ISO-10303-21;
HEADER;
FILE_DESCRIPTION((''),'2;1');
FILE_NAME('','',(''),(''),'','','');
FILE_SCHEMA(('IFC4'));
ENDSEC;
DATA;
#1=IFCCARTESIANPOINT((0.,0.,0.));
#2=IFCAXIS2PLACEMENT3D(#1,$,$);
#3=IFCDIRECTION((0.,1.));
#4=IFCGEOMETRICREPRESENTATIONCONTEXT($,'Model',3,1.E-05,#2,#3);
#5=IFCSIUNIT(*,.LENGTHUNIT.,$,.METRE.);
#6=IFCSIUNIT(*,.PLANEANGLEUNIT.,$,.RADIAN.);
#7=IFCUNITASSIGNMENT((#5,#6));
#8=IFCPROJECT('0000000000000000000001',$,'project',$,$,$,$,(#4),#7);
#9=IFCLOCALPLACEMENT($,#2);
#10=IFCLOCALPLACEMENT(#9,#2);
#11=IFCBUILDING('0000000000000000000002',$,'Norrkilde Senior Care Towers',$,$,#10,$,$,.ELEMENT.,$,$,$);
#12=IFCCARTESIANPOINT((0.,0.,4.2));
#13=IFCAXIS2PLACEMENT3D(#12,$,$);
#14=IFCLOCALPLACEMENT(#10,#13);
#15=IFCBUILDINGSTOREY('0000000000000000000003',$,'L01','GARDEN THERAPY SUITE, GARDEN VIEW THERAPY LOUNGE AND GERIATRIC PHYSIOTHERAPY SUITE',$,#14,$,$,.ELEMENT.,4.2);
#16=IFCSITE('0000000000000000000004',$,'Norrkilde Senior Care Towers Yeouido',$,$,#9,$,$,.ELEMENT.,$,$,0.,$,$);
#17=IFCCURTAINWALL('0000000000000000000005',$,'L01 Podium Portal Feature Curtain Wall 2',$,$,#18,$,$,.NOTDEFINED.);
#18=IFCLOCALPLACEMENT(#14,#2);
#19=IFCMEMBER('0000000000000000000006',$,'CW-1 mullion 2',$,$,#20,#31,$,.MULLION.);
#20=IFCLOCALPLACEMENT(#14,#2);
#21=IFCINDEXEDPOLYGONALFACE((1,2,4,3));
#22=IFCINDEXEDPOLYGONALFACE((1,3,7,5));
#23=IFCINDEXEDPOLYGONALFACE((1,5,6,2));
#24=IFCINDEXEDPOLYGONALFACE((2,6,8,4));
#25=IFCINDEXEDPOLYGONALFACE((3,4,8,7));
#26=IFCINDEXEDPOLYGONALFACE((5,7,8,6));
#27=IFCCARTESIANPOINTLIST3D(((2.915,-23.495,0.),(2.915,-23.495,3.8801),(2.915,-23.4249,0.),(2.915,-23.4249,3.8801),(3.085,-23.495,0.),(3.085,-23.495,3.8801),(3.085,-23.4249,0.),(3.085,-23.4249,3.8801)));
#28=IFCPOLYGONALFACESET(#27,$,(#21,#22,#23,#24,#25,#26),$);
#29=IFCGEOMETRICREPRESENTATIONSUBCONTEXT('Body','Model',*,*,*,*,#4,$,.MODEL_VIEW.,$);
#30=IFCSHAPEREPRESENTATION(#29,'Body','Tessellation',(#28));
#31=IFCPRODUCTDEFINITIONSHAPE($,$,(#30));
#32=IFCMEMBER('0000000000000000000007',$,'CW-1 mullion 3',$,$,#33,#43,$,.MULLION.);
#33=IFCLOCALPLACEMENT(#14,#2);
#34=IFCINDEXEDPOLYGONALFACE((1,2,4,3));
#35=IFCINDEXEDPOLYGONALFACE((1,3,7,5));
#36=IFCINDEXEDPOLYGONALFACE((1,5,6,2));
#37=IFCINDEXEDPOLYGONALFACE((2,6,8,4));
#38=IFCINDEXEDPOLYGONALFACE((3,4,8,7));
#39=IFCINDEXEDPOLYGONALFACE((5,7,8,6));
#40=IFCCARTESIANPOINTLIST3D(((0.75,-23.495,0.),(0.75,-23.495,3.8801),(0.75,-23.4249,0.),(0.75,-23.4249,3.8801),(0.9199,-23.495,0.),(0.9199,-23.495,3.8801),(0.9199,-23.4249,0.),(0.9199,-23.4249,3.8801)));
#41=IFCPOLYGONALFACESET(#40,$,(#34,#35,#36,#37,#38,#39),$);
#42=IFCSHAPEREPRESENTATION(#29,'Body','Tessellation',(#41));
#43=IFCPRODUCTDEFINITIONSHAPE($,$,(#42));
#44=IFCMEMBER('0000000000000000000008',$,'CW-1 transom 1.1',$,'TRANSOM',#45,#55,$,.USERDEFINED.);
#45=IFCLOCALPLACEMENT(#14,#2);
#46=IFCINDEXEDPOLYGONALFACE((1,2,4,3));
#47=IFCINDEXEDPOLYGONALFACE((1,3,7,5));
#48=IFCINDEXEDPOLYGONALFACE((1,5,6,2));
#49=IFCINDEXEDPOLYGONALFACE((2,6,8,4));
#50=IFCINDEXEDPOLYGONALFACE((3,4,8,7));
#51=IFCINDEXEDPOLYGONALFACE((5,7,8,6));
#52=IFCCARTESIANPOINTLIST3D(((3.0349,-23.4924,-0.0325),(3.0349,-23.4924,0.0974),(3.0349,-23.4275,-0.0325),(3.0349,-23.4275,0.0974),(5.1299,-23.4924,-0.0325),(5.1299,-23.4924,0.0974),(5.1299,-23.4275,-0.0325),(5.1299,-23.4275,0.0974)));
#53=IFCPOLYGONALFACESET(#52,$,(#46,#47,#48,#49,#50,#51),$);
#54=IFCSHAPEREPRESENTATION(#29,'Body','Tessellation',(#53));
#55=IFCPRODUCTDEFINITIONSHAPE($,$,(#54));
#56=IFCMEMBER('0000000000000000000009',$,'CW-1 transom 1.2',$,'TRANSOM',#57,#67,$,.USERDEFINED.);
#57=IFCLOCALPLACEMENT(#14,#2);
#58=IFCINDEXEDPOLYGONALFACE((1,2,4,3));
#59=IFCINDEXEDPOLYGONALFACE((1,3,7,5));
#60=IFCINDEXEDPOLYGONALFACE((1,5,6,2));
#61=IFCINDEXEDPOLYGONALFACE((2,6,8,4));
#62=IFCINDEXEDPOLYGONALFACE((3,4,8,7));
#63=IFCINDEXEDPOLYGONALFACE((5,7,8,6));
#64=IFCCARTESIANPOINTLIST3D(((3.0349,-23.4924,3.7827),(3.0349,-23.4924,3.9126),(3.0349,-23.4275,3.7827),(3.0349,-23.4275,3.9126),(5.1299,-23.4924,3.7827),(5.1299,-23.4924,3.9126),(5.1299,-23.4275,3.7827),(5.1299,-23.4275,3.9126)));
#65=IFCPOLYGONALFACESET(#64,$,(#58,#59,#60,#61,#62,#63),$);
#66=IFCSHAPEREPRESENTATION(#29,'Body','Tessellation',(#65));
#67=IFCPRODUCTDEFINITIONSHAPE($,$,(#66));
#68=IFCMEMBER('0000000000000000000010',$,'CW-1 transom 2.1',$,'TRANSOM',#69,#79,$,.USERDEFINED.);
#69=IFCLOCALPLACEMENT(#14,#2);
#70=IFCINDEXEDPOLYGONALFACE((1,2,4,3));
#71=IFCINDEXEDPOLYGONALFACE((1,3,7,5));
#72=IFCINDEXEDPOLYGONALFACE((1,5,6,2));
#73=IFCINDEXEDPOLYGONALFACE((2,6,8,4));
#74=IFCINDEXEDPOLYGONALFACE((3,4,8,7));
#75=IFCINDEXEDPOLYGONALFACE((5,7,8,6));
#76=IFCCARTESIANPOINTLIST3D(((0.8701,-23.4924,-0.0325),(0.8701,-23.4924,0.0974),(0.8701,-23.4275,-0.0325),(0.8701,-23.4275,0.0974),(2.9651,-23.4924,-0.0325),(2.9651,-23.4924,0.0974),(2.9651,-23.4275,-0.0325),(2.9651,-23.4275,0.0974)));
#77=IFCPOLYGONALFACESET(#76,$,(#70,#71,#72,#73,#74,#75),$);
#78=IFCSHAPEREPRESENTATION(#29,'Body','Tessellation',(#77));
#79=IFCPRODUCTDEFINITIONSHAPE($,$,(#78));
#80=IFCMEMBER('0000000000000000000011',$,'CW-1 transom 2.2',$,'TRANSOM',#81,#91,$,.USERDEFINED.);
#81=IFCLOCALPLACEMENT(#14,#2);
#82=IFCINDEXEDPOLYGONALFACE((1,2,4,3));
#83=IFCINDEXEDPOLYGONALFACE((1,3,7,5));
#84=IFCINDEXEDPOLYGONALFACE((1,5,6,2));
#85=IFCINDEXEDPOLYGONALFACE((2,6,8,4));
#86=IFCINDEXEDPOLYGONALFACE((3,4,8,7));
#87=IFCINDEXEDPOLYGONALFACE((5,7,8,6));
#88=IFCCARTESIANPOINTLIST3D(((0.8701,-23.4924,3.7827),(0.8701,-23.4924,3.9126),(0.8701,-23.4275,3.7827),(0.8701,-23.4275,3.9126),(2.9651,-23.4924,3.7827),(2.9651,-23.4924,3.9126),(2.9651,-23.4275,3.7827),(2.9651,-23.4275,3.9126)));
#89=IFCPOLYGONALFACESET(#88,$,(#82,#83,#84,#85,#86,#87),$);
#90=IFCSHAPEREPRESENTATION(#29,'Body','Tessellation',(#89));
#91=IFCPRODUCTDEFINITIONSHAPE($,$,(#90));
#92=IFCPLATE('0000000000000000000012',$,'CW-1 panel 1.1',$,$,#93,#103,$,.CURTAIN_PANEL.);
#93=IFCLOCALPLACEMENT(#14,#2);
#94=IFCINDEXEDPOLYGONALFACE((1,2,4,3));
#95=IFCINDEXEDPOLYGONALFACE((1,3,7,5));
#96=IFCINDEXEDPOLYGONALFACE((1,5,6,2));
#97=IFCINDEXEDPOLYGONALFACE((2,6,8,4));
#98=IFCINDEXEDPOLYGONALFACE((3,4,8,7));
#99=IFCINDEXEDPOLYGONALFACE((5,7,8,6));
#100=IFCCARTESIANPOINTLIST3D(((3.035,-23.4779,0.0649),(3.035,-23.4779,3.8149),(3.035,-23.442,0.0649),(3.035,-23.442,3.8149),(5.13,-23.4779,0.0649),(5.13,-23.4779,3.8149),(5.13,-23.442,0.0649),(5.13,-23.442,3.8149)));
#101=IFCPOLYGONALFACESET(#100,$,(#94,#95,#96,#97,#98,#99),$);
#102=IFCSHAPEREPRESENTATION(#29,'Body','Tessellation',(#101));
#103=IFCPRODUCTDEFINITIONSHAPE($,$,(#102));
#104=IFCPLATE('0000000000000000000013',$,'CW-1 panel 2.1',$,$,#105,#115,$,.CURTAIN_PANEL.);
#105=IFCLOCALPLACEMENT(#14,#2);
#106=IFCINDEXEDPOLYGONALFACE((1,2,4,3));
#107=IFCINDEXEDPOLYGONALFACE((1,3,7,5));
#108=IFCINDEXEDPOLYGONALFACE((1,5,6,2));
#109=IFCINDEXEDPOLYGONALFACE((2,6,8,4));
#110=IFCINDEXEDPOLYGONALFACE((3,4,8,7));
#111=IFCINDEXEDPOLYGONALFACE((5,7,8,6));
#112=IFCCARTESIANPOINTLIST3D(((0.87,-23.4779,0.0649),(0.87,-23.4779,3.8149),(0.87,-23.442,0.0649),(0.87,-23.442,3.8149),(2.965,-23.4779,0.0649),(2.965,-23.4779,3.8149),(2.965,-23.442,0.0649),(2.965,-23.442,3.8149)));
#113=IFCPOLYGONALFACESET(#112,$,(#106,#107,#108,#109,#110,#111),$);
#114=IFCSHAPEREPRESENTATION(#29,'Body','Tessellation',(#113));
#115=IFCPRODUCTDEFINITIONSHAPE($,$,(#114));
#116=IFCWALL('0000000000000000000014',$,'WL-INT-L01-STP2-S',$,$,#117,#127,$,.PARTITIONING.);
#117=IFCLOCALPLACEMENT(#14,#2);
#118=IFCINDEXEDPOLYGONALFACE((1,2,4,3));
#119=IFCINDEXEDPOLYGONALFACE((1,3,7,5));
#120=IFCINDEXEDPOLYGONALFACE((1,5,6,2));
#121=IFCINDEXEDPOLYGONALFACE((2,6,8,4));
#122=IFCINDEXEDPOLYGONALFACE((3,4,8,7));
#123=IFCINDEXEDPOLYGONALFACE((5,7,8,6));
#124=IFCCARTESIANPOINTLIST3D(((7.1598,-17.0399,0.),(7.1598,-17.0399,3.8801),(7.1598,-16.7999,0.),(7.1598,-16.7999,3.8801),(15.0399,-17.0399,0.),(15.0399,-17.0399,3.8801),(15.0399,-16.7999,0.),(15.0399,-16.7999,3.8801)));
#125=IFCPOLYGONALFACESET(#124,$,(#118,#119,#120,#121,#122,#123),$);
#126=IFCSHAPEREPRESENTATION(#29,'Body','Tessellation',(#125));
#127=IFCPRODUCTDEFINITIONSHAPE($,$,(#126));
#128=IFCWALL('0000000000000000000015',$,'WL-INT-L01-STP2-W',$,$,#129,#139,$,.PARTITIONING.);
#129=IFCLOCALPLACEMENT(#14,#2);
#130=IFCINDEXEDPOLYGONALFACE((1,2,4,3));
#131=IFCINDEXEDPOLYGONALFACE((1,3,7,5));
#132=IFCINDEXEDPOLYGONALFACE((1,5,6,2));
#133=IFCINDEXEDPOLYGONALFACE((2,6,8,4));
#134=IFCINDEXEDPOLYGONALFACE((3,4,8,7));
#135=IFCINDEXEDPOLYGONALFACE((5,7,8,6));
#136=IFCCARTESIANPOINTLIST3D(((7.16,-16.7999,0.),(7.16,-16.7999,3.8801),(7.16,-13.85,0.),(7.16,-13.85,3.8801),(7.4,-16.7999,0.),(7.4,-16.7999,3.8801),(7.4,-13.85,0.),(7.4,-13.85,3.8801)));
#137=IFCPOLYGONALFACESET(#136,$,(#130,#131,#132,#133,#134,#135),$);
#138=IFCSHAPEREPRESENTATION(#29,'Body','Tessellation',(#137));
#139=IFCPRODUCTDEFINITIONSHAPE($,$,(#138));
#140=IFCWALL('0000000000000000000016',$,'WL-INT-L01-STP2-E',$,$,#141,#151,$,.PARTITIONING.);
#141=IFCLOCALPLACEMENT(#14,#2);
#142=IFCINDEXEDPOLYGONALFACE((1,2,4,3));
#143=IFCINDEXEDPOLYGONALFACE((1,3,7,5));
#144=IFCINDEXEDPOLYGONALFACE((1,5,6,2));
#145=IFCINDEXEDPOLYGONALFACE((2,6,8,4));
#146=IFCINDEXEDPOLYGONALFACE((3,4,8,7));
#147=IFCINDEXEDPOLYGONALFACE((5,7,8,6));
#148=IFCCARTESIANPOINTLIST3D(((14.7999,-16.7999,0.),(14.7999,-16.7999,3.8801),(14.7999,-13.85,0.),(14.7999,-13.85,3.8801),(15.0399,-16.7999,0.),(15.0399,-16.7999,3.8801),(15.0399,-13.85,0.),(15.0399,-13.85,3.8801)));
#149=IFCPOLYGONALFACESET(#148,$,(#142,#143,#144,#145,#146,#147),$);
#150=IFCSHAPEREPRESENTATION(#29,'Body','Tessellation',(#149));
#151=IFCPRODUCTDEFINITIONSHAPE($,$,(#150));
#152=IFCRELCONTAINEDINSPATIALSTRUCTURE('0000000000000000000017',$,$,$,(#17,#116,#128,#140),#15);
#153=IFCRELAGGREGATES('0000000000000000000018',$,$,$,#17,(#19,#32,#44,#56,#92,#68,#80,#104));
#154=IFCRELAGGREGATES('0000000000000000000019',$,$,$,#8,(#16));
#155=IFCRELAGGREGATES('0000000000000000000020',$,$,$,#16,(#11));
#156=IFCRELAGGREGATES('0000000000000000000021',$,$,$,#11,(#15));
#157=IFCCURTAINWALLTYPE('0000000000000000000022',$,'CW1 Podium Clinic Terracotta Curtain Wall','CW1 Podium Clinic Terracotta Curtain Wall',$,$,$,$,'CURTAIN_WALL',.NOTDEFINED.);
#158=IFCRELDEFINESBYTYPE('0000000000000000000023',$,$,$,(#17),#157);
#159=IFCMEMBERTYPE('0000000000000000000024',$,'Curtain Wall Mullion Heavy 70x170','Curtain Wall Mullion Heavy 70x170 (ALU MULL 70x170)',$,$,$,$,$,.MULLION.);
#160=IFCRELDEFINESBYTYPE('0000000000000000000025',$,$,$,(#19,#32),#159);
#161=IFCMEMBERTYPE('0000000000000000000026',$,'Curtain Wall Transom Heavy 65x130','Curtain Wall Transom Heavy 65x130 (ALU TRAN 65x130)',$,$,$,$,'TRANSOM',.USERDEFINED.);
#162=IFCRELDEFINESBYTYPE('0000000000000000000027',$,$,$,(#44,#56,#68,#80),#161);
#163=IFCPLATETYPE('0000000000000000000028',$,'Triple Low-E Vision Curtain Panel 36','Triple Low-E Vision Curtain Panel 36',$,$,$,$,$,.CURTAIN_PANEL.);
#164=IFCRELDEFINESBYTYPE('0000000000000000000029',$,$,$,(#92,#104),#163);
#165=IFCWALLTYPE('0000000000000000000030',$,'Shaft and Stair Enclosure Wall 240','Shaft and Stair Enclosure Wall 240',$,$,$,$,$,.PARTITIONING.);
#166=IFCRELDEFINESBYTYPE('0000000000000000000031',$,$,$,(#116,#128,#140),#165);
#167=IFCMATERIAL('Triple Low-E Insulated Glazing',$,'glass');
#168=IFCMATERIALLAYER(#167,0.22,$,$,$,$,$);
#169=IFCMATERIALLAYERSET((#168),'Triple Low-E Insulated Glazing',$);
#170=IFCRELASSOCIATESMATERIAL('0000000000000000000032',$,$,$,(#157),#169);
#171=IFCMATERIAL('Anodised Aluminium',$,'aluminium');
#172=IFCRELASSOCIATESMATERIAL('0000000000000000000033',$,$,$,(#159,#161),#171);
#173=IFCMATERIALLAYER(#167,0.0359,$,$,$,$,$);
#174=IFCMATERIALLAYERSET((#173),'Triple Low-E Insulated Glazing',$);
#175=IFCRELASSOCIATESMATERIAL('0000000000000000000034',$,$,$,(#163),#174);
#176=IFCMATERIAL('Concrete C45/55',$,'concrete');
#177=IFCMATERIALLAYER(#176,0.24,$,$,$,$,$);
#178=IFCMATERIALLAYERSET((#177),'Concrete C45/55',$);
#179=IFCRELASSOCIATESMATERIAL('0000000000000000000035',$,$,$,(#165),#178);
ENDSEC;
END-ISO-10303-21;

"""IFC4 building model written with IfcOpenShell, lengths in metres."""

from ifc_helpers import new_model, si_unit, direction, frame, frame_2d, origin, origin_2d, place, context, subcontext, project, spatial, rectangle, extrude, source, transform, mapped, material, layer, layer_set, material_profile, profile_set, type_object, type_shapes, element, aggregate, save


model = new_model("IFC4")

# Units and contexts
model_context = context("Model", 3, precision=1e-05, world=origin(), true_north=direction((0.0, 1.0)))
body_context = subcontext(model_context, "Body", "Model", "MODEL_VIEW")
ifc_project = project(units=[si_unit("LENGTHUNIT", "METRE"), si_unit("PLANEANGLEUNIT", "RADIAN")], contexts=[model_context])

# Site, building, storey
site_placement = place(None, origin())
site = spatial("IfcSite", under=ifc_project, at=site_placement, Name="Norrkilde Senior Care Towers Yeouido", CompositionType="ELEMENT", RefElevation=0.0)
building_placement = place(site_placement, origin())
building = spatial("IfcBuilding", under=site, at=building_placement, Name="Norrkilde Senior Care Towers", CompositionType="ELEMENT")
storey_placement = place(building_placement, frame((0.0, 0.0, 4.2)))
storey = spatial("IfcBuildingStorey", under=building, at=storey_placement, Name="L01", Description="GARDEN THERAPY SUITE, GARDEN VIEW THERAPY LOUNGE AND GERIATRIC PHYSIOTHERAPY SUITE", CompositionType="ELEMENT", Elevation=4.2)

# Curtain wall, members, plates
ifc_material_1 = material(Name="Triple Low-E Insulated Glazing", Category="glass")
ifc_layer_1 = layer(ifc_material_1, 0.22)
ifc_layer_set_1 = layer_set([ifc_layer_1], Name="Triple Low-E Insulated Glazing")
curtain_wall_type = type_object("IfcCurtainWallType", Name="CW1 Podium Clinic Terracotta Curtain Wall", Description="CW1 Podium Clinic Terracotta Curtain Wall", ElementType="CURTAIN_WALL", PredefinedType="NOTDEFINED", material=ifc_layer_set_1)
curtain_wall_placement = place(storey_placement, origin())
curtain_wall = element("IfcCurtainWall", 1, at=curtain_wall_placement, inside=storey, type_object=curtain_wall_type, Name="L01 Podium Portal Feature Curtain Wall 2", PredefinedType="NOTDEFINED")
ifc_material_2 = material(Name="Anodised Aluminium", Category="aluminium")
ifc_material_profile_1 = material_profile(ifc_material_2, rectangle(XDim=0.0701, YDim=0.1699, at=origin_2d()), Name="ALU MULL 70x170")
ifc_profile_set_1 = profile_set([ifc_material_profile_1], Name="Anodised Aluminium")
member_type_1 = type_object("IfcMemberType", Name="Curtain Wall Mullion Heavy 70x170", Description="Curtain Wall Mullion Heavy 70x170 (ALU MULL 70x170)", PredefinedType="MULLION", material=ifc_profile_set_1)
shared_shape_1 = source(origin(), body_context, "Body", "SweptSolid", [
    extrude(rectangle(XDim=0.0701, YDim=0.1699, at=origin_2d()), origin(), (0.0, 0.0, 1.0), 3.8801),
])
type_shapes(member_type_1, [shared_shape_1])
member_1_placement = place(storey_placement, frame((3.0, -23.46, 0.0), z_axis=(0.0, 0.0, 1.0), x_axis=(0.0, -1.0, 0.0)))
member_1 = element("IfcMember", 2, at=member_1_placement, type_object=member_type_1, Name="CW-1 mullion 2", PredefinedType="MULLION", context=body_context, shape_type="MappedRepresentation", body=[
    mapped(shared_shape_1, transform((0.0, 0.0, 0.0), x_axis=(1.0, 0.0, 0.0), y_axis=(0.0, 1.0, 0.0), z_axis=(0.0, 0.0, 1.0), scale=1.0)),
])
member_2_placement = place(storey_placement, frame((0.835, -23.46, 0.0), z_axis=(0.0, 0.0, 1.0), x_axis=(0.0, -1.0, 0.0)))
member_2 = element("IfcMember", 3, at=member_2_placement, type_object=member_type_1, Name="CW-1 mullion 3", PredefinedType="MULLION", context=body_context, shape_type="MappedRepresentation", body=[
    mapped(shared_shape_1, transform((0.0, 0.0, 0.0), x_axis=(1.0, 0.0, 0.0), y_axis=(0.0, 1.0, 0.0), z_axis=(0.0, 0.0, 1.0), scale=1.0)),
])
ifc_material_profile_2 = material_profile(ifc_material_2, rectangle(XDim=0.0649, YDim=0.1299, at=origin_2d()), Name="ALU TRAN 65x130")
ifc_profile_set_2 = profile_set([ifc_material_profile_2], Name="Anodised Aluminium")
member_type_2 = type_object("IfcMemberType", Name="Curtain Wall Transom Heavy 65x130", Description="Curtain Wall Transom Heavy 65x130 (ALU TRAN 65x130)", ElementType="TRANSOM", PredefinedType="USERDEFINED", material=ifc_profile_set_2)
shared_shape_2 = source(origin(), body_context, "Body", "SweptSolid", [
    extrude(rectangle(XDim=0.0649, YDim=0.1299, at=origin_2d()), origin(), (0.0, 0.0, 1.0), 2.095),
])
type_shapes(member_type_2, [shared_shape_2])
member_3_placement = place(storey_placement, frame((5.1299, -23.46, 0.0325), z_axis=(-1.0, 0.0, 0.0), x_axis=(0.0, -1.0, 0.0)))
member_3 = element("IfcMember", 4, at=member_3_placement, type_object=member_type_2, Name="CW-1 transom 1.1", ObjectType="TRANSOM", PredefinedType="USERDEFINED", context=body_context, shape_type="MappedRepresentation", body=[
    mapped(shared_shape_2, transform((0.0, 0.0, 0.0), x_axis=(1.0, 0.0, 0.0), y_axis=(0.0, 1.0, 0.0), z_axis=(0.0, 0.0, 1.0), scale=1.0)),
])
member_4_placement = place(storey_placement, frame((5.1299, -23.46, 3.8477), z_axis=(-1.0, 0.0, 0.0), x_axis=(0.0, -1.0, 0.0)))
member_4 = element("IfcMember", 5, at=member_4_placement, type_object=member_type_2, Name="CW-1 transom 1.2", ObjectType="TRANSOM", PredefinedType="USERDEFINED", context=body_context, shape_type="MappedRepresentation", body=[
    mapped(shared_shape_2, transform((0.0, 0.0, 0.0), x_axis=(1.0, 0.0, 0.0), y_axis=(0.0, 1.0, 0.0), z_axis=(0.0, 0.0, 1.0), scale=1.0)),
])
member_5_placement = place(storey_placement, frame((2.9651, -23.46, 0.0325), z_axis=(-1.0, 0.0, 0.0), x_axis=(0.0, -1.0, 0.0)))
member_5 = element("IfcMember", 6, at=member_5_placement, type_object=member_type_2, Name="CW-1 transom 2.1", ObjectType="TRANSOM", PredefinedType="USERDEFINED", context=body_context, shape_type="MappedRepresentation", body=[
    mapped(shared_shape_2, transform((0.0, 0.0, 0.0), x_axis=(1.0, 0.0, 0.0), y_axis=(0.0, 1.0, 0.0), z_axis=(0.0, 0.0, 1.0), scale=1.0)),
])
member_6_placement = place(storey_placement, frame((2.9651, -23.46, 3.8477), z_axis=(-1.0, 0.0, 0.0), x_axis=(0.0, -1.0, 0.0)))
member_6 = element("IfcMember", 7, at=member_6_placement, type_object=member_type_2, Name="CW-1 transom 2.2", ObjectType="TRANSOM", PredefinedType="USERDEFINED", context=body_context, shape_type="MappedRepresentation", body=[
    mapped(shared_shape_2, transform((0.0, 0.0, 0.0), x_axis=(1.0, 0.0, 0.0), y_axis=(0.0, 1.0, 0.0), z_axis=(0.0, 0.0, 1.0), scale=1.0)),
])
ifc_layer_2 = layer(ifc_material_1, 0.0359)
ifc_layer_set_2 = layer_set([ifc_layer_2], Name="Triple Low-E Insulated Glazing")
plate_type = type_object("IfcPlateType", Name="Triple Low-E Vision Curtain Panel 36", Description="Triple Low-E Vision Curtain Panel 36", PredefinedType="CURTAIN_PANEL", material=ifc_layer_set_2)
shared_shape_3 = source(origin(), body_context, "Body", "SweptSolid", [
    extrude(rectangle(XDim=2.095, YDim=0.0359, at=origin_2d()), origin(), (0.0, 0.0, 1.0), 3.75),
])
type_shapes(plate_type, [shared_shape_3])
plate_1_placement = place(storey_placement, frame((4.0825, -23.46, 0.0649), z_axis=(0.0, 0.0, 1.0), x_axis=(-1.0, 0.0, 0.0)))
plate_1 = element("IfcPlate", 8, at=plate_1_placement, type_object=plate_type, Name="CW-1 panel 1.1", PredefinedType="CURTAIN_PANEL", context=body_context, shape_type="MappedRepresentation", body=[
    mapped(shared_shape_3, transform((0.0, 0.0, 0.0), x_axis=(1.0, 0.0, 0.0), y_axis=(0.0, 1.0, 0.0), z_axis=(0.0, 0.0, 1.0), scale=1.0)),
])
plate_2_placement = place(storey_placement, frame((1.9175, -23.46, 0.0649), z_axis=(0.0, 0.0, 1.0), x_axis=(-1.0, 0.0, 0.0)))
plate_2 = element("IfcPlate", 9, at=plate_2_placement, type_object=plate_type, Name="CW-1 panel 2.1", PredefinedType="CURTAIN_PANEL", context=body_context, shape_type="MappedRepresentation", body=[
    mapped(shared_shape_3, transform((0.0, 0.0, 0.0), x_axis=(1.0, 0.0, 0.0), y_axis=(0.0, 1.0, 0.0), z_axis=(0.0, 0.0, 1.0), scale=1.0)),
])
aggregate(curtain_wall, [member_1, member_2, member_3, member_4, plate_1, member_5, member_6, plate_2])

# Walls
ifc_material_3 = material(Name="Concrete C45/55", Category="concrete")
ifc_layer_3 = layer(ifc_material_3, 0.24)
ifc_layer_set_3 = layer_set([ifc_layer_3], Name="Concrete C45/55")
wall_type = type_object("IfcWallType", Name="Shaft and Stair Enclosure Wall 240", Description="Shaft and Stair Enclosure Wall 240", PredefinedType="PARTITIONING", material=ifc_layer_set_3)
shared_shape_4 = source(origin(), body_context, "Body", "SweptSolid", [
    extrude(rectangle(XDim=7.8801, YDim=0.24, at=frame_2d((3.9399, 0.0))), origin(), (0.0, 0.0, 1.0), 3.8801),
])
wall_placement = place(storey_placement, frame((7.1599, -16.9199, 0.0), z_axis=(0.0, 0.0, 1.0), x_axis=(1.0, 0.0, 0.0)))
element("IfcWall", 10, at=wall_placement, inside=storey, type_object=wall_type, Name="WL-INT-L01-STP2-S", PredefinedType="PARTITIONING", context=body_context, shape_type="MappedRepresentation", body=[
    mapped(shared_shape_4, transform((0.0, 0.0, 0.0), x_axis=(1.0, 0.0, 0.0), y_axis=(0.0, 1.0, 0.0), z_axis=(0.0, 0.0, 1.0), scale=1.0)),
])
shared_shape_5 = source(origin(), body_context, "Body", "SweptSolid", [
    extrude(rectangle(XDim=2.95, YDim=0.24, at=frame_2d((1.4751, 0.0))), origin(), (0.0, 0.0, 1.0), 3.8801),
])
type_shapes(wall_type, [shared_shape_4, shared_shape_5])
for number, where, z_axis, x_axis, name in (
    (11, (7.28, -16.8, 0.0), (0.0, 0.0, 1.0), (0.0, 1.0, 0.0), "WL-INT-L01-STP2-W"),
    (12, (14.9199, -16.8, 0.0), (0.0, 0.0, 1.0), (0.0, 1.0, 0.0), "WL-INT-L01-STP2-E"),
):
    element("IfcWall", number, at=place(storey_placement, frame(where, z_axis=z_axis, x_axis=x_axis)), inside=storey, type_object=wall_type, Name=name, PredefinedType="PARTITIONING", context=body_context, shape_type="MappedRepresentation", body=[
        mapped(shared_shape_5, transform((0.0, 0.0, 0.0), x_axis=(1.0, 0.0, 0.0), y_axis=(0.0, 1.0, 0.0), z_axis=(0.0, 0.0, 1.0), scale=1.0)),
    ])

save(model, "model.ifc")
